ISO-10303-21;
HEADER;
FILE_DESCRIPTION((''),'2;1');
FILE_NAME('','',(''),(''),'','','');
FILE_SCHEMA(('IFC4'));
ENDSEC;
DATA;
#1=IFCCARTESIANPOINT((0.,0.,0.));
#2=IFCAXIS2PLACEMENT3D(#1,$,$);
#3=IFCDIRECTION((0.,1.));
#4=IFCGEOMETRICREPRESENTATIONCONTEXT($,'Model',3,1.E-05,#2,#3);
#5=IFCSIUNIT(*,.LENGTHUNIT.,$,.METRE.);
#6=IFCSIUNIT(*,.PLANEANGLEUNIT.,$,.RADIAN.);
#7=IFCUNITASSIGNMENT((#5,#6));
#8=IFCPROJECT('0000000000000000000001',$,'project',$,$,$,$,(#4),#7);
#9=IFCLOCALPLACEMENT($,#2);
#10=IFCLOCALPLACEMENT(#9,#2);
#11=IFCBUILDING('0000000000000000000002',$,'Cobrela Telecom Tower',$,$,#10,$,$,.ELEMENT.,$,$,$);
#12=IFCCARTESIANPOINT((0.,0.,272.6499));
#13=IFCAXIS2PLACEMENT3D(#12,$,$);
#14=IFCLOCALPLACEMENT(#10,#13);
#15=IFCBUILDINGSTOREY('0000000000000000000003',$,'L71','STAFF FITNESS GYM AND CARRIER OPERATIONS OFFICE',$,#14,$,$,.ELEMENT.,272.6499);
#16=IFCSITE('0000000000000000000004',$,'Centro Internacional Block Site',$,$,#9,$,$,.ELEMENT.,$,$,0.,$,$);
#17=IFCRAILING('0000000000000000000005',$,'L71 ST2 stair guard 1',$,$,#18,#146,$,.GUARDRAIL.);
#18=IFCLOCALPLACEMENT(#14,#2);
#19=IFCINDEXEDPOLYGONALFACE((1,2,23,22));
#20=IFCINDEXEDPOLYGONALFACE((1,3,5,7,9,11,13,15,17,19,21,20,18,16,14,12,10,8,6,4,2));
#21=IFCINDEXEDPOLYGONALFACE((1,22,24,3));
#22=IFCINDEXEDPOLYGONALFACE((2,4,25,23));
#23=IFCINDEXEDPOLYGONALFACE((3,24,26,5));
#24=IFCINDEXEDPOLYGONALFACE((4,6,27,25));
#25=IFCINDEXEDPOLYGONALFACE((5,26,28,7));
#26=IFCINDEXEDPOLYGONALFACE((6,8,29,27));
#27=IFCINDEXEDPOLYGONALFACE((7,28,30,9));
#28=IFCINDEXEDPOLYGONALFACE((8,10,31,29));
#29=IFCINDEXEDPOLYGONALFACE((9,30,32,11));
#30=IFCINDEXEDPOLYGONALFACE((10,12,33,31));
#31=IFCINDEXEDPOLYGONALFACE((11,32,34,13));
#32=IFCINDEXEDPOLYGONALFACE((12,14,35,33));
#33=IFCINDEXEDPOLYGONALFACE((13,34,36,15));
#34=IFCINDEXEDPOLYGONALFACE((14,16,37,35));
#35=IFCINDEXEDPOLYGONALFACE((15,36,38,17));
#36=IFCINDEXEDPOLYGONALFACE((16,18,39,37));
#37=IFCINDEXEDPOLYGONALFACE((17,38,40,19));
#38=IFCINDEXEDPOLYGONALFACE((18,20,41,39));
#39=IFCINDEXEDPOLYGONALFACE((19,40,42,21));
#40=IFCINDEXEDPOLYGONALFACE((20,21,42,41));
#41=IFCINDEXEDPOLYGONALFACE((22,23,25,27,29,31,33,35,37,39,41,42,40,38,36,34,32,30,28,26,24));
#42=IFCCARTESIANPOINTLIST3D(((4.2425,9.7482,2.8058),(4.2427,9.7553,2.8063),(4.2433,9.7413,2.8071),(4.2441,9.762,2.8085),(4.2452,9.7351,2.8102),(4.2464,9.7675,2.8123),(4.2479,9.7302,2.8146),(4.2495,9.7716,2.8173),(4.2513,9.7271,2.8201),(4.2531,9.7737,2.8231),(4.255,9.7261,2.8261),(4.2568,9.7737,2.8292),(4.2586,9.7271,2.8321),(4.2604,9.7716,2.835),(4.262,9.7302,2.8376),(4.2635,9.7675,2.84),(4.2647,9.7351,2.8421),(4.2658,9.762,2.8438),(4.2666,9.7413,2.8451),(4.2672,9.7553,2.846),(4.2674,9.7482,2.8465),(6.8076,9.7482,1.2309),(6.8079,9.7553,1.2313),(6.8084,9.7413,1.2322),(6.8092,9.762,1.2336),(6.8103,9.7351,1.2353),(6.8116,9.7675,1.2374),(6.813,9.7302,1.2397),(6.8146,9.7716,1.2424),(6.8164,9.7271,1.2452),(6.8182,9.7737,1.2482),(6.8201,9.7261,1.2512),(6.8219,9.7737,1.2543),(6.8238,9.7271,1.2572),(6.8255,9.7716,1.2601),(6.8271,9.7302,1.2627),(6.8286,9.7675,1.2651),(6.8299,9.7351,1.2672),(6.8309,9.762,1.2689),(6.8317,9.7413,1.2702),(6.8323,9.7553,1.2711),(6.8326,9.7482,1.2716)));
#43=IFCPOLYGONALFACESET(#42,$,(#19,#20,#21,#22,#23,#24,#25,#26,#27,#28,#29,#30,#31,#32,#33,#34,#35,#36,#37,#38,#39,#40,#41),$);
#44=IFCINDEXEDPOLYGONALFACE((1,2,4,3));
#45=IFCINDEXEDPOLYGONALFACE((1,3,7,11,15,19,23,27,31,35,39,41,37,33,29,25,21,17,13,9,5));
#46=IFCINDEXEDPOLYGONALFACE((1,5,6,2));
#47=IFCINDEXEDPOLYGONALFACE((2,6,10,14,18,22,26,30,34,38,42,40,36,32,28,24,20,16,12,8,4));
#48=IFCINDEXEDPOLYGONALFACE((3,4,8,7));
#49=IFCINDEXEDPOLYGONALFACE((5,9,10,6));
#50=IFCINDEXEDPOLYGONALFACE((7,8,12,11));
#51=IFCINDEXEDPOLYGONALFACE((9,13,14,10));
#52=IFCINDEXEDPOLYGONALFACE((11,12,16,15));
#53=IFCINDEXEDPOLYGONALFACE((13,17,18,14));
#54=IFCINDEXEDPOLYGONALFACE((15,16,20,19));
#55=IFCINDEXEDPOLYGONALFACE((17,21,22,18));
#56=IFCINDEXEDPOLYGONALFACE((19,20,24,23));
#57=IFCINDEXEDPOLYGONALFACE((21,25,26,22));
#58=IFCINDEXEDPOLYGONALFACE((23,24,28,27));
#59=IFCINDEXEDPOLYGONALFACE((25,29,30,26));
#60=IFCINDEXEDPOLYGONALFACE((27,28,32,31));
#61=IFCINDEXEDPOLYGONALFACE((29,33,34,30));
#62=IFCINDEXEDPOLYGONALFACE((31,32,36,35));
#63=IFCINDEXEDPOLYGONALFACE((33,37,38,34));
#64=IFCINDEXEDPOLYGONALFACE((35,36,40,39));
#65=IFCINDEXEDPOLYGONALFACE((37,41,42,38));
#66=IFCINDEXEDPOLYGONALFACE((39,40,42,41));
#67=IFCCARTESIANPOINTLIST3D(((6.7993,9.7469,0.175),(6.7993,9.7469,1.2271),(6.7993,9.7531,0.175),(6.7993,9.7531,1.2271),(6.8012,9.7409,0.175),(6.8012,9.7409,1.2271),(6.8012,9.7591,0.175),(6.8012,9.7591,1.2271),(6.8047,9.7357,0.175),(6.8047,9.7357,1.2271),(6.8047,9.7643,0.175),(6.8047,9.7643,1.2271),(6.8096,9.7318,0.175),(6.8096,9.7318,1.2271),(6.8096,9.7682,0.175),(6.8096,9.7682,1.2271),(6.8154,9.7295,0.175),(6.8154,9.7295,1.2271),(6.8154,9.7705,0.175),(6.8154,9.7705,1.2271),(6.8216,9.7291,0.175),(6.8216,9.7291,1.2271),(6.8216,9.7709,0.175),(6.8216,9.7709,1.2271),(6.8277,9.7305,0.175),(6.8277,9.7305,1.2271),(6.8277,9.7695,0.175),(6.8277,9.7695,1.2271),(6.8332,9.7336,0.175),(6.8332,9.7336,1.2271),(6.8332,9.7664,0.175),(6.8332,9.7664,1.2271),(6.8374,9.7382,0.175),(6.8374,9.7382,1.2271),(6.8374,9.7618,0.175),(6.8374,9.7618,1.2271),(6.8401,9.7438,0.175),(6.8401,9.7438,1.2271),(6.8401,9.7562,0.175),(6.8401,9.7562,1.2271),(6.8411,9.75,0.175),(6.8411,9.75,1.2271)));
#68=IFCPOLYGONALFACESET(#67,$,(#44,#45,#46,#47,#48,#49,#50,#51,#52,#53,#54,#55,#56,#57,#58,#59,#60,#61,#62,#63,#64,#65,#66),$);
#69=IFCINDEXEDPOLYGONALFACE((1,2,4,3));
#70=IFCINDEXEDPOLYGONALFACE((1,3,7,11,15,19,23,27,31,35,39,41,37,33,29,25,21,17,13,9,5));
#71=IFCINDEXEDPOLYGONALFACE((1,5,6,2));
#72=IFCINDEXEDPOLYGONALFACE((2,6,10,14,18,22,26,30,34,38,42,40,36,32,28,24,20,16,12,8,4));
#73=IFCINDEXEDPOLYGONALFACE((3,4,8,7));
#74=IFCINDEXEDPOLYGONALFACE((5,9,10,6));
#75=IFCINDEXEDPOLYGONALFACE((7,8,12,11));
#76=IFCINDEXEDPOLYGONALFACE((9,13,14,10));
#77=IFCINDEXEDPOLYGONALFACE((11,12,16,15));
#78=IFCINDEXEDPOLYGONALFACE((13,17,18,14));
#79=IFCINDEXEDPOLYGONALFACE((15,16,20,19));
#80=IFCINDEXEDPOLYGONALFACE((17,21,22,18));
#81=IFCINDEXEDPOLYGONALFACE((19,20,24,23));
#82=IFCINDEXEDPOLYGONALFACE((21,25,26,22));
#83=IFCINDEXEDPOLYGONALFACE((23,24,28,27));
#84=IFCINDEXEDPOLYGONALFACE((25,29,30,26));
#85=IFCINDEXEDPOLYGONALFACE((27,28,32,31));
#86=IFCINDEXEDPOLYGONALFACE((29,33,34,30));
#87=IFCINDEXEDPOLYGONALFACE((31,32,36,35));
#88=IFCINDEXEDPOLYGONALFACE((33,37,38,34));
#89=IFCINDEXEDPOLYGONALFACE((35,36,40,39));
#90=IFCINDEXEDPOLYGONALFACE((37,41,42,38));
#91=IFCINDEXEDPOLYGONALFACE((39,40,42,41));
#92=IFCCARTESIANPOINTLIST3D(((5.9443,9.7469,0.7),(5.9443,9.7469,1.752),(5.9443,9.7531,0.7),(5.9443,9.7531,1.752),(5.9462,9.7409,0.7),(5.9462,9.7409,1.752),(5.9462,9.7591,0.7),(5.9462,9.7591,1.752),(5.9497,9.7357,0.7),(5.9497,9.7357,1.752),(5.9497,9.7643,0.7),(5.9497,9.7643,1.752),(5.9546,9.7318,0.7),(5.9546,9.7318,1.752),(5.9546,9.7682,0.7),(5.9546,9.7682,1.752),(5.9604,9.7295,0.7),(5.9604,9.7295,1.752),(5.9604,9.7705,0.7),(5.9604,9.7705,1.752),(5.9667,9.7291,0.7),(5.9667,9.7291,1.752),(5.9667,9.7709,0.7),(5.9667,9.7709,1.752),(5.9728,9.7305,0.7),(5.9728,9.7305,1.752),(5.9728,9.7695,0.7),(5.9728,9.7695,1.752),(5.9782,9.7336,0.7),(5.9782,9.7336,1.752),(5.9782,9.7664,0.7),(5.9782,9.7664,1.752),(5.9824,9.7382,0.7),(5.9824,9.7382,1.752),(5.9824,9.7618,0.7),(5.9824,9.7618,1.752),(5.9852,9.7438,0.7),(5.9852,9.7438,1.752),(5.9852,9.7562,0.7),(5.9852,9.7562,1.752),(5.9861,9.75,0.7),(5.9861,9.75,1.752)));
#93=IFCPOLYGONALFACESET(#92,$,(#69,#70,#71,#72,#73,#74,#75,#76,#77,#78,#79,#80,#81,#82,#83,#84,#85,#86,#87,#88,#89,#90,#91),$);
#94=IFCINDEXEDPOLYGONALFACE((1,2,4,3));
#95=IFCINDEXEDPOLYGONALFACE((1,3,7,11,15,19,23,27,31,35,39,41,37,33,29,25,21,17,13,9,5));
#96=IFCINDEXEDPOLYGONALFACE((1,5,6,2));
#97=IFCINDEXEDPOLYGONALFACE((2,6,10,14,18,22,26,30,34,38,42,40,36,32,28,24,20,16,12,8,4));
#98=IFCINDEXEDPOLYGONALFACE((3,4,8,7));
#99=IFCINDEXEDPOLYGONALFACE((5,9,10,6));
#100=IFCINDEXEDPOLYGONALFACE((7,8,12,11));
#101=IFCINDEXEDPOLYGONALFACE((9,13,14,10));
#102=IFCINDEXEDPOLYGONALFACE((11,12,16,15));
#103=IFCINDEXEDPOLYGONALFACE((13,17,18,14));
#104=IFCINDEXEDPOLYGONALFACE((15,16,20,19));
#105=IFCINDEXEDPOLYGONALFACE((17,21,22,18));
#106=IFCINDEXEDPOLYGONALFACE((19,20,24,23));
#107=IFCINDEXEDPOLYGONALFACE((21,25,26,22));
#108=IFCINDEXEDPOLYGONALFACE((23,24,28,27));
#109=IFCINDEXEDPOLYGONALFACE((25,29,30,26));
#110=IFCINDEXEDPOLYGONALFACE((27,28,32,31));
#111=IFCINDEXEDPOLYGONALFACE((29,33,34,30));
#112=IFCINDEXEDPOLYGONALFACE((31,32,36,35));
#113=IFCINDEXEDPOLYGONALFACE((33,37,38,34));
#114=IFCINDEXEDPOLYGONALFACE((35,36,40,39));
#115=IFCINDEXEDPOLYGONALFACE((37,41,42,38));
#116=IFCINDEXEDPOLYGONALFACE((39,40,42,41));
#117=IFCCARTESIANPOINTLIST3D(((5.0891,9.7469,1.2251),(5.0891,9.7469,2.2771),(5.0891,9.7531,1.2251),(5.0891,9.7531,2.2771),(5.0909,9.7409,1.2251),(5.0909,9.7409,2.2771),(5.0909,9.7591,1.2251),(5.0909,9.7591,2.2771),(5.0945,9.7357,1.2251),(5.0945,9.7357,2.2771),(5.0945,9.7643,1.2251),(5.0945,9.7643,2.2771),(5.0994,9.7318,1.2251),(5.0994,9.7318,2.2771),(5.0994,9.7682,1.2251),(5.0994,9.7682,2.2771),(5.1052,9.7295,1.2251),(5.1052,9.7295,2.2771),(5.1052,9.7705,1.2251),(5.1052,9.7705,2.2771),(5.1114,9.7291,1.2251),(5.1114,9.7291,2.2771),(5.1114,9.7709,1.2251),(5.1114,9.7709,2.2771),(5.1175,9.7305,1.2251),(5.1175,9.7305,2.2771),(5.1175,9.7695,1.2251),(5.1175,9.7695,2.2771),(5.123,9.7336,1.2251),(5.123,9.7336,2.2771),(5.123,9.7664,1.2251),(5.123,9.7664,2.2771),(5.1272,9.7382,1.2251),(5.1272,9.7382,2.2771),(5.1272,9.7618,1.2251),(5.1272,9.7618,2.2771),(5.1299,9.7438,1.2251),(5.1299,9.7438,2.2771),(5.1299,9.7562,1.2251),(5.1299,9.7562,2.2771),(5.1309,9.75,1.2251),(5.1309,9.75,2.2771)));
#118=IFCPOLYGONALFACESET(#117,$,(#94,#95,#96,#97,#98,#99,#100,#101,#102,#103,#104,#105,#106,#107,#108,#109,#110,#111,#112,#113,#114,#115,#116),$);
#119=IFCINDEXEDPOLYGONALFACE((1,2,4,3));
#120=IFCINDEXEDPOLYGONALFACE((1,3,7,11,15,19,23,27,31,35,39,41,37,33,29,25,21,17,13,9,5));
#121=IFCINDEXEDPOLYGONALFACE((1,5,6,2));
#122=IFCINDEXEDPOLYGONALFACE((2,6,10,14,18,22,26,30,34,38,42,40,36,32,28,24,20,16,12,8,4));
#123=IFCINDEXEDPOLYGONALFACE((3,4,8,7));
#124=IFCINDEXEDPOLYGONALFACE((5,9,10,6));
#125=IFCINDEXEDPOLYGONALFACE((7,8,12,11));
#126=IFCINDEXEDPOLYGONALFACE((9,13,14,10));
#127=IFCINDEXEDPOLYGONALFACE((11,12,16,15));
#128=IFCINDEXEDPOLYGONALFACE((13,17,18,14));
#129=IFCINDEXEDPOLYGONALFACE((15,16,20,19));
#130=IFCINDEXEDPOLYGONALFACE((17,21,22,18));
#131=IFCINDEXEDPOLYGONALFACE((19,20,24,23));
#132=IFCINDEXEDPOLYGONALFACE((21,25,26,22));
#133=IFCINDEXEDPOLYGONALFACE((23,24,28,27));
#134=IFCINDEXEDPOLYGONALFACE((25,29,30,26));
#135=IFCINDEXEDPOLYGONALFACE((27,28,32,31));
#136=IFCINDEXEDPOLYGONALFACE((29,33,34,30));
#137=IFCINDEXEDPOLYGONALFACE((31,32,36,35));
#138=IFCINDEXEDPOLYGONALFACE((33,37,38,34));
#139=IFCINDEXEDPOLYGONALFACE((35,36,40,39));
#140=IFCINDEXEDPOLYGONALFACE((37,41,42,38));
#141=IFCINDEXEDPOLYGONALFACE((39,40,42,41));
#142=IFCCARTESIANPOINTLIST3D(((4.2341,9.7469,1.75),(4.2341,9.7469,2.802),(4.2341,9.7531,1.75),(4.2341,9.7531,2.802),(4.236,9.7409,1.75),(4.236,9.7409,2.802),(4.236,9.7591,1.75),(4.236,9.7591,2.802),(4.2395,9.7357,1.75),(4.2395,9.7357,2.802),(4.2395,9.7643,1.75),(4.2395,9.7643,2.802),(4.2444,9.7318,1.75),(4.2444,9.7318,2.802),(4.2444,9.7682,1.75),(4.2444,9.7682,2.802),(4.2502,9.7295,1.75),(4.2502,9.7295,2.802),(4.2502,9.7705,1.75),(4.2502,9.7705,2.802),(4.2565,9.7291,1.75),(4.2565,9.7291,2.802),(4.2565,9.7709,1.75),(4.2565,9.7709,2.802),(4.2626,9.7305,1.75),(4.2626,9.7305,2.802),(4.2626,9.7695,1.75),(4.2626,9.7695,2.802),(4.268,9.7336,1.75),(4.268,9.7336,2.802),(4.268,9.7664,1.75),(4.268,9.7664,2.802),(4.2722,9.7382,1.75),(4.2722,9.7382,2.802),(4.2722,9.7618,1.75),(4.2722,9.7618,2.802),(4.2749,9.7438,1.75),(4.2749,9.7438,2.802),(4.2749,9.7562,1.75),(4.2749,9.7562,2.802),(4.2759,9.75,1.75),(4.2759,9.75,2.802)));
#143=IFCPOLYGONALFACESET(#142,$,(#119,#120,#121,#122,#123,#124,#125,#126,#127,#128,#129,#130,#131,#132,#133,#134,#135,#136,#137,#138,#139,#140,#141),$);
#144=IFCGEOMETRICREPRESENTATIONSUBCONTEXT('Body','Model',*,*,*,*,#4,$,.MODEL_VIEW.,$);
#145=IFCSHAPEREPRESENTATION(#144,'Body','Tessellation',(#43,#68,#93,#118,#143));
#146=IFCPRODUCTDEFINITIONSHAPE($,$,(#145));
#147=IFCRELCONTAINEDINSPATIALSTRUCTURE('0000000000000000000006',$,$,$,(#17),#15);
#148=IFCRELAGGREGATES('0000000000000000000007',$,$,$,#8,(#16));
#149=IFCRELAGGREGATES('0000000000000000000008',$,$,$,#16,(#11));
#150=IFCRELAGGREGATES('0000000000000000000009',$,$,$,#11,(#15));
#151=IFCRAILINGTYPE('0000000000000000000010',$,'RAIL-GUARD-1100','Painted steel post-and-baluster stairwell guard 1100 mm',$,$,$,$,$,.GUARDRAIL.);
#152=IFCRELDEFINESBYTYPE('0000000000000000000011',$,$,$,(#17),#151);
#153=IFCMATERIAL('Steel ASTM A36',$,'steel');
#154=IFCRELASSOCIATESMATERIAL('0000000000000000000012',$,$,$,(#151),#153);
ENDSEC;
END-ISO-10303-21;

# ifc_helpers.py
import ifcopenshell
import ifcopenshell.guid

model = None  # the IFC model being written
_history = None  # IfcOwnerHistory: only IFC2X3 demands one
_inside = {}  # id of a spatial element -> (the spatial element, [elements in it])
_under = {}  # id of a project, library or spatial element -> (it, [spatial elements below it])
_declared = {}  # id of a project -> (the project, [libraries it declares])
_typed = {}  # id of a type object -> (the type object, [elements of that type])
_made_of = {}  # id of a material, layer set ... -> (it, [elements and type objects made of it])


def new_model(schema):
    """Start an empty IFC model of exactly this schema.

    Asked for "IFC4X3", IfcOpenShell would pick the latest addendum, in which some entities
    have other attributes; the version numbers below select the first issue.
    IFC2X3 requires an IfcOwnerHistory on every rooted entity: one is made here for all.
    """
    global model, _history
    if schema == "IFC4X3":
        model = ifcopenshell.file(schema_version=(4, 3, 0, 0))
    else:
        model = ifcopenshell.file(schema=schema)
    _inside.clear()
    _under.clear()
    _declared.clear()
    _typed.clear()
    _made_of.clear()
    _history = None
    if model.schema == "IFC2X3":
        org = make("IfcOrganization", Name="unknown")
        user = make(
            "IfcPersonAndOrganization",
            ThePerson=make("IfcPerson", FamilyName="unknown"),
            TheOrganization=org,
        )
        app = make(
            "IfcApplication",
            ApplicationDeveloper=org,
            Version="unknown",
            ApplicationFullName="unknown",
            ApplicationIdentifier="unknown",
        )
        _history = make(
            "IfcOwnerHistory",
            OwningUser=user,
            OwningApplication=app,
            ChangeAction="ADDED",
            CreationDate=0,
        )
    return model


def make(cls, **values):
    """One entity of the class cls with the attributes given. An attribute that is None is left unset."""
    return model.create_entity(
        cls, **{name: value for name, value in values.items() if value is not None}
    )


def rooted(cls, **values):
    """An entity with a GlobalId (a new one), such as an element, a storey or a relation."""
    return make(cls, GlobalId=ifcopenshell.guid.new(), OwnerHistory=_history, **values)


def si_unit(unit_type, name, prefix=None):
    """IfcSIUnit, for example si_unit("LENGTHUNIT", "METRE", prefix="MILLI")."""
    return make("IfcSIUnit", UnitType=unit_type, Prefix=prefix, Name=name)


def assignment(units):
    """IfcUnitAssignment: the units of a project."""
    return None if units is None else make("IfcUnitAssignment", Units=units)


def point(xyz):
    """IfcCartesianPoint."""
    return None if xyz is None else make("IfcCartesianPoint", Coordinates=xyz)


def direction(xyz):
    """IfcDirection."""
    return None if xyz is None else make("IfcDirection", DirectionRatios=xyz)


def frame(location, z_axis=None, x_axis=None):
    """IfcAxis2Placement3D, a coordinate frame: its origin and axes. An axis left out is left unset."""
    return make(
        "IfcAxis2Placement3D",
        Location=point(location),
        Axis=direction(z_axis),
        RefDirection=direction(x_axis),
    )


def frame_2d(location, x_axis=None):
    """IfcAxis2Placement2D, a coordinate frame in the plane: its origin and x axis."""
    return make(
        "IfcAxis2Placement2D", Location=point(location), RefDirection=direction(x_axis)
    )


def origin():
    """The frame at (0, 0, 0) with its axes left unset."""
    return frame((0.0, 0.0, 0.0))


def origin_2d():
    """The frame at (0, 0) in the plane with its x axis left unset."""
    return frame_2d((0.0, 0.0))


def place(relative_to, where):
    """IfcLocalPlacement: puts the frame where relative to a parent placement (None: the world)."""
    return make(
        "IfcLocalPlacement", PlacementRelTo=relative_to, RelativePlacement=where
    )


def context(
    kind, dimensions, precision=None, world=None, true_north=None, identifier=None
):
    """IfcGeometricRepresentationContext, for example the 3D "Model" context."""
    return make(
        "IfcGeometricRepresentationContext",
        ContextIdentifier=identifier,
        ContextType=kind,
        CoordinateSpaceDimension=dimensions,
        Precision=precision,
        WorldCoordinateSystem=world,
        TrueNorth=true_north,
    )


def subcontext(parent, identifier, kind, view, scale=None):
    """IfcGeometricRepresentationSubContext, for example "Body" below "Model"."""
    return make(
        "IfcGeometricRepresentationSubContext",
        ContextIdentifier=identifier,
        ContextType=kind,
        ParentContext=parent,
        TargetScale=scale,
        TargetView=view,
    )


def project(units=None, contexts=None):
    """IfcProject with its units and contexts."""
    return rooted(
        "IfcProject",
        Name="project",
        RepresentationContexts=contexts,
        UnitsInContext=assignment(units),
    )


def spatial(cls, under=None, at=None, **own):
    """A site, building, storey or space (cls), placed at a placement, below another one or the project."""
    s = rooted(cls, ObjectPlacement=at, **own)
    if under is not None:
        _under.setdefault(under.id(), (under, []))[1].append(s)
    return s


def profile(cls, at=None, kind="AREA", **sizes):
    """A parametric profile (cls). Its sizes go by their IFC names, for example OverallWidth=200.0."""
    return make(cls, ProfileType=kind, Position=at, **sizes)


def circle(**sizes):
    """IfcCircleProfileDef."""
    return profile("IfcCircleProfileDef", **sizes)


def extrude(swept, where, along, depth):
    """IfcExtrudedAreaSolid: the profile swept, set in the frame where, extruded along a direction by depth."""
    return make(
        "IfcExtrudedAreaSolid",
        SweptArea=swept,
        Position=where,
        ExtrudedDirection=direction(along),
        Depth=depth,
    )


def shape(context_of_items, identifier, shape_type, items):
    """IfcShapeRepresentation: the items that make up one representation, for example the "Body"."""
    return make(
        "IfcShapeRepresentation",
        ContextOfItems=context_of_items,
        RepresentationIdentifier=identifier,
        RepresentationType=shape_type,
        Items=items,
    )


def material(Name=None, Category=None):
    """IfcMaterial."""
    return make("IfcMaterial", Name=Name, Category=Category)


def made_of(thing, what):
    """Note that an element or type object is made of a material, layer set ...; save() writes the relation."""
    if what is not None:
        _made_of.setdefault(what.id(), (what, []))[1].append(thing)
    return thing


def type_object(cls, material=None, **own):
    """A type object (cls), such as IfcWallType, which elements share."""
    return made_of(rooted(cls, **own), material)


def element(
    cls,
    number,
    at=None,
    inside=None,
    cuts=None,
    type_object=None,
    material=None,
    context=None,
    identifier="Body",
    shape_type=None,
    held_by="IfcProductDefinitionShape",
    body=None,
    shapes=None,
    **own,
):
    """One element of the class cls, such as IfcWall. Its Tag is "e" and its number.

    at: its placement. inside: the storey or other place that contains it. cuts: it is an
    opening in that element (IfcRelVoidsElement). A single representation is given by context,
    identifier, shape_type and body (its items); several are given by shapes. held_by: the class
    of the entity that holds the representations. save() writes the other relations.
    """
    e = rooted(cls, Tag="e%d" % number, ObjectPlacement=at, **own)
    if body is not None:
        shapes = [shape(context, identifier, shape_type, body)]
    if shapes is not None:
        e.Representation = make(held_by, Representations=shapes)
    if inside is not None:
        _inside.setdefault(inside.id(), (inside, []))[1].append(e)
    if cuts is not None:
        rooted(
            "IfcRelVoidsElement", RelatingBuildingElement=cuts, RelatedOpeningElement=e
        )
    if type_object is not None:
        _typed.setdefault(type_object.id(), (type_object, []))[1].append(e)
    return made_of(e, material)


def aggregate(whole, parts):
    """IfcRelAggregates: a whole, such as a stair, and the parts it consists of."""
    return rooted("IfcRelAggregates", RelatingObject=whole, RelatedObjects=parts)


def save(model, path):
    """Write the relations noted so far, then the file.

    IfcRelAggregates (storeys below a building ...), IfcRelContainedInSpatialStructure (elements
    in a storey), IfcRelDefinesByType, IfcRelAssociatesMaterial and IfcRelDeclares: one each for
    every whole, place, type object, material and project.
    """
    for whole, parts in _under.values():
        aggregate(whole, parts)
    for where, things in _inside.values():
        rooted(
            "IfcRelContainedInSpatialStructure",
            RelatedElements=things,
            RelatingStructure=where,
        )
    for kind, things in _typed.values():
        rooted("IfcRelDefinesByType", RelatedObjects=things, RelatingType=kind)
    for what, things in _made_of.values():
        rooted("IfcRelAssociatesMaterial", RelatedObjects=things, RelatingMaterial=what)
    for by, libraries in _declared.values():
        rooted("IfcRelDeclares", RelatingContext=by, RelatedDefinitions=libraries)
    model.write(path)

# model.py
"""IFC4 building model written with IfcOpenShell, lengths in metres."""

from ifc_helpers import new_model, si_unit, direction, frame, origin, origin_2d, place, context, subcontext, project, spatial, circle, extrude, material, type_object, element, save


model = new_model("IFC4")

# Units and contexts
model_context = context("Model", 3, precision=1e-05, world=origin(), true_north=direction((0.0, 1.0)))
body_context = subcontext(model_context, "Body", "Model", "MODEL_VIEW")
ifc_project = project(units=[si_unit("LENGTHUNIT", "METRE"), si_unit("PLANEANGLEUNIT", "RADIAN")], contexts=[model_context])

# Site, building, storey
site_placement = place(None, origin())
site = spatial("IfcSite", under=ifc_project, at=site_placement, Name="Centro Internacional Block Site", CompositionType="ELEMENT", RefElevation=0.0)
building_placement = place(site_placement, origin())
building = spatial("IfcBuilding", under=site, at=building_placement, Name="Cobrela Telecom Tower", CompositionType="ELEMENT")
storey_placement = place(building_placement, frame((0.0, 0.0, 272.6499)))
storey = spatial("IfcBuildingStorey", under=building, at=storey_placement, Name="L71", Description="STAFF FITNESS GYM AND CARRIER OPERATIONS OFFICE", CompositionType="ELEMENT", Elevation=272.6499)

# Shared definitions
ifc_material_1 = material(Name="Steel ASTM A36", Category="steel")

# Railing
railing_type = type_object("IfcRailingType", Name="RAIL-GUARD-1100", Description="Painted steel post-and-baluster stairwell guard 1100 mm", PredefinedType="GUARDRAIL", material=ifc_material_1)
railing_1_placement = place(storey_placement, frame((6.8201, 9.75, 0.175)))
element("IfcRailing", 1, at=railing_1_placement, inside=storey, type_object=railing_type, Name="L71 ST2 stair guard 1", PredefinedType="GUARDRAIL", context=body_context, shape_type="SweptSolid", body=[
    extrude(circle(Radius=0.0239, at=origin_2d()), frame((0.0, 0.0, 1.0762), z_axis=(-0.852195, 0.0, 0.523224), x_axis=(0.0, -1.0, 0.0)), (0.0, 0.0, 1.0), 3.01),
    extrude(circle(Radius=0.021, at=origin_2d()), origin(), (0.0, 0.0, 1.0), 1.052),
    extrude(circle(Radius=0.021, at=origin_2d()), frame((-0.855, 0.0, 0.5249)), (0.0, 0.0, 1.0), 1.052),
    extrude(circle(Radius=0.021, at=origin_2d()), frame((-1.7102, 0.0, 1.05)), (0.0, 0.0, 1.0), 1.052),
    extrude(circle(Radius=0.021, at=origin_2d()), frame((-2.5652, 0.0, 1.575)), (0.0, 0.0, 1.0), 1.052),
])

save(model, "model.ifc")
